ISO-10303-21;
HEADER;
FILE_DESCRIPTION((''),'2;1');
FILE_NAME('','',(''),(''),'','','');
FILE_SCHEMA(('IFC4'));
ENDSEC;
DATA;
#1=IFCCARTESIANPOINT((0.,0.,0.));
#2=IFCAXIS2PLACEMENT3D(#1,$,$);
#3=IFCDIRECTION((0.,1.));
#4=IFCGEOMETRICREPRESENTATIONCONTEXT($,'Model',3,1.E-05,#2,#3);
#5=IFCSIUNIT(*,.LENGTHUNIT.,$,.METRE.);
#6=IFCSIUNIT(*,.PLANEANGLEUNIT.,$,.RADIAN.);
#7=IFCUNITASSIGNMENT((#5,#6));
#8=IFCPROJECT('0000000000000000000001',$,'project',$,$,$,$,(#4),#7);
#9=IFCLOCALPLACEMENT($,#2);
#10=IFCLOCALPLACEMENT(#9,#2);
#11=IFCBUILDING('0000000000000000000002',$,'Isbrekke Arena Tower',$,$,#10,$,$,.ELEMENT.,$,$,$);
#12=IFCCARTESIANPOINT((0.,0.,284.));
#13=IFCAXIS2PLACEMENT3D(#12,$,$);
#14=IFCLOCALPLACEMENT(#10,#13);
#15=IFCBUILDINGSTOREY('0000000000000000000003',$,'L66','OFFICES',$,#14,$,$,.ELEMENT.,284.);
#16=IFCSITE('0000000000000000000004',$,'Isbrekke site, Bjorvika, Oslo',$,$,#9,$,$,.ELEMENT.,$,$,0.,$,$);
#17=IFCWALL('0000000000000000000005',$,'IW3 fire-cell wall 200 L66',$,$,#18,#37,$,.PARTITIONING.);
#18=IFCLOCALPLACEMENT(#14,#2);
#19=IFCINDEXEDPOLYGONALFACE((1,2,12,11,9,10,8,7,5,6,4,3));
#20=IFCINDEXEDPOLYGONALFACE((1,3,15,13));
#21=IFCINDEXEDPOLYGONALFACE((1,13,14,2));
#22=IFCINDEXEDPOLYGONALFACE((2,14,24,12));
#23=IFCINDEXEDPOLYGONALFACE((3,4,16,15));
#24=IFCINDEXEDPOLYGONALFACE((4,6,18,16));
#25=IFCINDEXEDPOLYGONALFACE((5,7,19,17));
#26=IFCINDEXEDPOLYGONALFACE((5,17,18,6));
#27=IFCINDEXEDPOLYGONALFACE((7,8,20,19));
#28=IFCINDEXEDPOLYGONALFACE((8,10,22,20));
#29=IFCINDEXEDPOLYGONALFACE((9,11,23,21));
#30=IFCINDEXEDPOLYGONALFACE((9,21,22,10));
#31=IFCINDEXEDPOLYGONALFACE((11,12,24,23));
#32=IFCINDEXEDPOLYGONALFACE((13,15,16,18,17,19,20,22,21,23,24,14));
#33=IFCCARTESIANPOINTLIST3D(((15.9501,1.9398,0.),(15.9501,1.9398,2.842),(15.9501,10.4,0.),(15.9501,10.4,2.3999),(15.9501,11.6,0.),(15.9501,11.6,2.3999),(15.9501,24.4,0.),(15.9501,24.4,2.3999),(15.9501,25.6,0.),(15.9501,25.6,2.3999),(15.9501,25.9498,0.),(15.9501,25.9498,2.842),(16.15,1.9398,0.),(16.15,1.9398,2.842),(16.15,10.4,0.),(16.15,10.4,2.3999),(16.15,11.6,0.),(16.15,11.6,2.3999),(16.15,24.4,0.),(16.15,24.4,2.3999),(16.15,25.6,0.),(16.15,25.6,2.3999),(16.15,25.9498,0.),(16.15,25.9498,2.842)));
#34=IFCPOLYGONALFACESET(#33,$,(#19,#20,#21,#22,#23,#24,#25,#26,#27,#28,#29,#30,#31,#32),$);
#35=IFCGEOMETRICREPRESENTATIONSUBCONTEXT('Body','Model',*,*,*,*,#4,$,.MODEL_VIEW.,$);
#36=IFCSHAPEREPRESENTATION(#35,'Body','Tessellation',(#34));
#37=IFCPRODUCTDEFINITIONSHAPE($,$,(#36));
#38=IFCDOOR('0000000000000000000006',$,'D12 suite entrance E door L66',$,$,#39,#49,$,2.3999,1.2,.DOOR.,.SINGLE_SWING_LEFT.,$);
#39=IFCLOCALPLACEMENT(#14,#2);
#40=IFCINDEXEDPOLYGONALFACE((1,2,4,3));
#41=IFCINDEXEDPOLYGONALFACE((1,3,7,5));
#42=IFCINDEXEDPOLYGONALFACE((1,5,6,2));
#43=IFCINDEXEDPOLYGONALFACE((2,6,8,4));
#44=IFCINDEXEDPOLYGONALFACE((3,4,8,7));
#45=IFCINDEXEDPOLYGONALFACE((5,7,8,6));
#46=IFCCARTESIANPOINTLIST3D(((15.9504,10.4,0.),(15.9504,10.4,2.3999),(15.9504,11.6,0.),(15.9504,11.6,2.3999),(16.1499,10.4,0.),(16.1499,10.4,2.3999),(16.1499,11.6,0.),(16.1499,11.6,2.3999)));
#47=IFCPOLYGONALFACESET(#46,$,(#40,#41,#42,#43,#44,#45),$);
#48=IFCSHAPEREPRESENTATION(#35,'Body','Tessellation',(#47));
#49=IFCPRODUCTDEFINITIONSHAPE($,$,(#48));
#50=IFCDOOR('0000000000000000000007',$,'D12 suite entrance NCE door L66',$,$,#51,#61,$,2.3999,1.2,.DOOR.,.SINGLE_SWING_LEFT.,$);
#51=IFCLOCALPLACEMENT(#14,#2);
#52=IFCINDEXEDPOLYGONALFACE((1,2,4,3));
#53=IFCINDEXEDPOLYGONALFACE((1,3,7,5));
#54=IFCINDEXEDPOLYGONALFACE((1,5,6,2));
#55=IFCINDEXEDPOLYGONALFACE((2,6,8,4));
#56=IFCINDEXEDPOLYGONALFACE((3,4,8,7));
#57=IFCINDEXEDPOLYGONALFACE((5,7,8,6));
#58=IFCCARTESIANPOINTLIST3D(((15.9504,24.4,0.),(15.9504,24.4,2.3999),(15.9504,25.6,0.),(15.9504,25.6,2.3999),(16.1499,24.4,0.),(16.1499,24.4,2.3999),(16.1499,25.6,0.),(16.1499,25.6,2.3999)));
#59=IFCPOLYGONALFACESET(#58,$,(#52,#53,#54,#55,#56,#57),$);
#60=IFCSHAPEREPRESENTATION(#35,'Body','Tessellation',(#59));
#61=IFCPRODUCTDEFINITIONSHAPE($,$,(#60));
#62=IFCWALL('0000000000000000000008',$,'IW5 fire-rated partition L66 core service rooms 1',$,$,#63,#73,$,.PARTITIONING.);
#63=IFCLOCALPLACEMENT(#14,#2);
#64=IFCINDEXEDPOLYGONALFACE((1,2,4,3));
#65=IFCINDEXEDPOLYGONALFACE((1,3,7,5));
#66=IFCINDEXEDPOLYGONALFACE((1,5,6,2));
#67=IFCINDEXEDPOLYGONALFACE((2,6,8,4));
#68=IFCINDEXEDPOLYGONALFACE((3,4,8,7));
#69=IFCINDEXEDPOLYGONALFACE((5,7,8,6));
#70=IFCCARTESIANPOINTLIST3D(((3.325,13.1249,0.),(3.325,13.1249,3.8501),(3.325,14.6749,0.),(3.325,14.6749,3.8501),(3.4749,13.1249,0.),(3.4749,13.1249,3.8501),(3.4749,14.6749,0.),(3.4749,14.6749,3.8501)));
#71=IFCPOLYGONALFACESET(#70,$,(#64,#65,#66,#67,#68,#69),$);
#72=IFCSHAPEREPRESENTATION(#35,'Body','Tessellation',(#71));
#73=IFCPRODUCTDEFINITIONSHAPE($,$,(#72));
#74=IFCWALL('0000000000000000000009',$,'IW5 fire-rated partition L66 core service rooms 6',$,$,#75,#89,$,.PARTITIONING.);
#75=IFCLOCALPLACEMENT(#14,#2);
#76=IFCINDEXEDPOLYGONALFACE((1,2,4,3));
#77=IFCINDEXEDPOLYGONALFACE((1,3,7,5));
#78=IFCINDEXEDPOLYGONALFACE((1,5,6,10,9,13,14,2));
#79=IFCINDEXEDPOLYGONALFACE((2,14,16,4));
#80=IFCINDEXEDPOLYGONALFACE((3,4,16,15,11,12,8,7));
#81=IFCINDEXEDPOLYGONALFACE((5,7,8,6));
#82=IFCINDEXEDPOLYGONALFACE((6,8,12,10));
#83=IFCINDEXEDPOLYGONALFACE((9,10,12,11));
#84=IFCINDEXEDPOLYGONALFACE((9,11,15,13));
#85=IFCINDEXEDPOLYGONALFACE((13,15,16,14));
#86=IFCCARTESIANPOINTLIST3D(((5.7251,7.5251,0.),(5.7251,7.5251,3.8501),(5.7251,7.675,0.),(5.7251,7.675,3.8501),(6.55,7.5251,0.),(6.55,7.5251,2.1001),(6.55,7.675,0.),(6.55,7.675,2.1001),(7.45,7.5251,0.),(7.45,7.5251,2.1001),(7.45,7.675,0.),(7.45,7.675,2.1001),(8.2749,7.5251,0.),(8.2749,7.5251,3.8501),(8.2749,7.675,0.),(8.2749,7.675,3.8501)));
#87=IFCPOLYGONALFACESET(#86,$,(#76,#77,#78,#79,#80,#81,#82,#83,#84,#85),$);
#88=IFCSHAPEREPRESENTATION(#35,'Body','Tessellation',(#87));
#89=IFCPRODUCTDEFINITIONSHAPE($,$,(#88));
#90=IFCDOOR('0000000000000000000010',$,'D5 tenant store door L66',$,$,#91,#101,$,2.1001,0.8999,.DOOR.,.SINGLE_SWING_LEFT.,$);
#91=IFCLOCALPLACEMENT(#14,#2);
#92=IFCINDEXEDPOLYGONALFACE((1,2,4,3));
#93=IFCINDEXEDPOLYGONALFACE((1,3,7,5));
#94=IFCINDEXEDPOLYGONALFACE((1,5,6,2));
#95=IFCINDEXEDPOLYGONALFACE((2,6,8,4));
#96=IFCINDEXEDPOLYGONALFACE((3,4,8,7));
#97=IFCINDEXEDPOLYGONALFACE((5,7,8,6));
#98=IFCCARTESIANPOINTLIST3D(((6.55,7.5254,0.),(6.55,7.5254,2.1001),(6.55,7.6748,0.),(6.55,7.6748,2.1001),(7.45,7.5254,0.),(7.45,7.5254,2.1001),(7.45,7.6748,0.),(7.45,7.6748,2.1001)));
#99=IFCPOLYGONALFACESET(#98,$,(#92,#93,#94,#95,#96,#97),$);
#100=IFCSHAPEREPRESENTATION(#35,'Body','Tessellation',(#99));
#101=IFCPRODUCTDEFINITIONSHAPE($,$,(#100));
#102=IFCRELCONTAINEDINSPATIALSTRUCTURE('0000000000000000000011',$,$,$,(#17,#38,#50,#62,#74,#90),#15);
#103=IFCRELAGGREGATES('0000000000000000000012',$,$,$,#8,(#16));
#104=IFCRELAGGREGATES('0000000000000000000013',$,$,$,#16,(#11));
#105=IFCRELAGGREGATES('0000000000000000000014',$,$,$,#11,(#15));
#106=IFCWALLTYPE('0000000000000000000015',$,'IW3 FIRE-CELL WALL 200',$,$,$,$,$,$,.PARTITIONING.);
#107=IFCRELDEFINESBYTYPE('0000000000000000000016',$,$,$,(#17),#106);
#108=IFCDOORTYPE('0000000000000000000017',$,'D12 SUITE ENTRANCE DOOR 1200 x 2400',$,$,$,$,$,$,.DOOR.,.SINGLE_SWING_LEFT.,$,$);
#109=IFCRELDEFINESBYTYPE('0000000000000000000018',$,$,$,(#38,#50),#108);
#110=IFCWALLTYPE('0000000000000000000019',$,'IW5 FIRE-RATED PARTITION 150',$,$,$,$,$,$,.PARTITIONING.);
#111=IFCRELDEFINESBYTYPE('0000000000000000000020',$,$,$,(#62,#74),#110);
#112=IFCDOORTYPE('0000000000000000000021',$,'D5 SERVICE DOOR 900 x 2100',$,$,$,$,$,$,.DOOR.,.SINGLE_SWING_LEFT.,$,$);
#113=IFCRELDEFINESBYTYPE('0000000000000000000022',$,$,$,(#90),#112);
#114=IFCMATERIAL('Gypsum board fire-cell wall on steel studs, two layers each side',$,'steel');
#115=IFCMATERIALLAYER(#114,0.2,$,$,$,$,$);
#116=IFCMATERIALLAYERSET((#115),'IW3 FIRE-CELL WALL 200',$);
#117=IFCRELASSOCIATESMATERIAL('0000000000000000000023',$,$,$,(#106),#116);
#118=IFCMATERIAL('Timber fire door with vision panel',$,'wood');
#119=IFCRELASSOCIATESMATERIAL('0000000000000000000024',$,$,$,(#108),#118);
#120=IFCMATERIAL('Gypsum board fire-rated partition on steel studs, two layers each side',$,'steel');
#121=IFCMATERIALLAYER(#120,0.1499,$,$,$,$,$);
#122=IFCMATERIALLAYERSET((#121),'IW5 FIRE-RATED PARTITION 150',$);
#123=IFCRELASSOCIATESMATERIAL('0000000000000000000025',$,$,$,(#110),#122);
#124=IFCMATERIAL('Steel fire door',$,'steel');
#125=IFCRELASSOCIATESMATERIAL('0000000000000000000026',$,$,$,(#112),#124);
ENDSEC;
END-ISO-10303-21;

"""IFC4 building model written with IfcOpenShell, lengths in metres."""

from ifc_helpers import new_model, si_unit, direction, frame, frame_2d, origin, place, context, subcontext, project, spatial, rectangle, extrude, material, layer, layer_set, type_object, element, fill, save


model = new_model("IFC4")

# Units and contexts
model_context = context("Model", 3, precision=1e-05, world=origin(), true_north=direction((0.0, 1.0)))
body_context = subcontext(model_context, "Body", "Model", "MODEL_VIEW")
ifc_project = project(units=[si_unit("LENGTHUNIT", "METRE"), si_unit("PLANEANGLEUNIT", "RADIAN")], contexts=[model_context])

# Site, building, storey
site_placement = place(None, origin())
site = spatial("IfcSite", under=ifc_project, at=site_placement, Name="Isbrekke site, Bjorvika, Oslo", CompositionType="ELEMENT", RefElevation=0.0)
building_placement = place(site_placement, origin())
building = spatial("IfcBuilding", under=site, at=building_placement, Name="Isbrekke Arena Tower", CompositionType="ELEMENT")
storey_placement = place(building_placement, frame((0.0, 0.0, 284.0)))
storey = spatial("IfcBuildingStorey", under=building, at=storey_placement, Name="L66", Description="OFFICES", CompositionType="ELEMENT", Elevation=284.0)

# Shared definitions
ifc_material_1 = material(Name="Gypsum board fire-cell wall on steel studs, two layers each side", Category="steel")
ifc_layer_1 = layer(ifc_material_1, 0.2)
ifc_layer_set_1 = layer_set([ifc_layer_1], Name="IW3 FIRE-CELL WALL 200")
wall_type_1 = type_object("IfcWallType", Name="IW3 FIRE-CELL WALL 200", PredefinedType="PARTITIONING", material=ifc_layer_set_1)

# Shared definitions
ifc_material_2 = material(Name="Timber fire door with vision panel", Category="wood")
door_type_1 = type_object("IfcDoorType", Name="D12 SUITE ENTRANCE DOOR 1200 x 2400", OperationType="SINGLE_SWING_LEFT", PredefinedType="DOOR", material=ifc_material_2)

# Wall, openings, doors
wall_1_placement = place(storey_placement, frame((16.05, 1.9399, 0.0), z_axis=(0.0, 0.0, 1.0), x_axis=(0.0, 1.0, 0.0)))
wall_1 = element("IfcWall", 1, at=wall_1_placement, inside=storey, type_object=wall_type_1, Name="IW3 fire-cell wall 200 L66", PredefinedType="PARTITIONING", context=body_context, shape_type="SweptSolid", body=[
    extrude(rectangle(XDim=24.01, YDim=0.2, at=frame_2d((12.0049, 0.0))), origin(), (0.0, 0.0, 1.0), 2.842),
])
opening_1_placement = place(wall_1_placement, frame((8.46, 0.0, 0.0)))
opening_1 = element("IfcOpeningElement", 2, at=opening_1_placement, cuts=wall_1, PredefinedType="OPENING", context=body_context, shape_type="SweptSolid", body=[
    extrude(rectangle(XDim=1.2, YDim=2.3999, at=frame_2d((0.6001, 1.2))), frame((0.0, 0.1147, 0.0), z_axis=(0.0, -1.0, 0.0), x_axis=(1.0, 0.0, 0.0)), (0.0, 0.0, 1.0), 0.2297),
])
opening_2_placement = place(wall_1_placement, frame((22.46, 0.0, 0.0)))
opening_2 = element("IfcOpeningElement", 3, at=opening_2_placement, cuts=wall_1, PredefinedType="OPENING", context=body_context, shape_type="SweptSolid", body=[
    extrude(rectangle(XDim=1.2, YDim=2.3999, at=frame_2d((0.6001, 1.2))), frame((0.0, 0.1147, 0.0), z_axis=(0.0, -1.0, 0.0), x_axis=(1.0, 0.0, 0.0)), (0.0, 0.0, 1.0), 0.2297),
])
door_1_placement = place(opening_1_placement, origin())
door_1 = element("IfcDoor", 4, at=door_1_placement, inside=storey, type_object=door_type_1, Name="D12 suite entrance E door L66", OperationType="SINGLE_SWING_LEFT", OverallHeight=2.3999, OverallWidth=1.2, PredefinedType="DOOR", context=body_context, shape_type="SweptSolid", body=[
    extrude(rectangle(XDim=1.2, YDim=2.3999, at=frame_2d((0.6001, 1.2))), frame((0.0, 0.0996, 0.0), z_axis=(0.0, -1.0, 0.0), x_axis=(1.0, 0.0, 0.0)), (0.0, 0.0, 1.0), 0.1995),
])
fill(opening_1, door_1)
door_2_placement = place(opening_2_placement, origin())
door_2 = element("IfcDoor", 5, at=door_2_placement, inside=storey, type_object=door_type_1, Name="D12 suite entrance NCE door L66", OperationType="SINGLE_SWING_LEFT", OverallHeight=2.3999, OverallWidth=1.2, PredefinedType="DOOR", context=body_context, shape_type="SweptSolid", body=[
    extrude(rectangle(XDim=1.2, YDim=2.3999, at=frame_2d((0.6001, 1.2))), frame((0.0, 0.0996, 0.0), z_axis=(0.0, -1.0, 0.0), x_axis=(1.0, 0.0, 0.0)), (0.0, 0.0, 1.0), 0.1995),
])
fill(opening_2, door_2)

# Wall
ifc_material_3 = material(Name="Gypsum board fire-rated partition on steel studs, two layers each side", Category="steel")
ifc_layer_2 = layer(ifc_material_3, 0.1499)
ifc_layer_set_2 = layer_set([ifc_layer_2], Name="IW5 FIRE-RATED PARTITION 150")
wall_type_2 = type_object("IfcWallType", Name="IW5 FIRE-RATED PARTITION 150", PredefinedType="PARTITIONING", material=ifc_layer_set_2)
wall_2_placement = place(storey_placement, frame((3.3999, 13.125, 0.0), z_axis=(0.0, 0.0, 1.0), x_axis=(0.0, 1.0, 0.0)))
element("IfcWall", 6, at=wall_2_placement, inside=storey, type_object=wall_type_2, Name="IW5 fire-rated partition L66 core service rooms 1", PredefinedType="PARTITIONING", context=body_context, shape_type="SweptSolid", body=[
    extrude(rectangle(XDim=1.55, YDim=0.1499, at=frame_2d((0.7749, 0.0))), origin(), (0.0, 0.0, 1.0), 3.8501),
])

# Wall, opening, door
wall_3_placement = place(storey_placement, frame((5.7251, 7.6001, 0.0), z_axis=(0.0, 0.0, 1.0), x_axis=(1.0, 0.0, 0.0)))
wall_3 = element("IfcWall", 7, at=wall_3_placement, inside=storey, type_object=wall_type_2, Name="IW5 fire-rated partition L66 core service rooms 6", PredefinedType="PARTITIONING", context=body_context, shape_type="SweptSolid", body=[
    extrude(rectangle(XDim=2.5498, YDim=0.1499, at=frame_2d((1.2749, 0.0))), origin(), (0.0, 0.0, 1.0), 3.8501),
])
opening_3_placement = place(wall_3_placement, frame((0.825, 0.0, 0.0)))
opening_3 = element("IfcOpeningElement", 8, at=opening_3_placement, cuts=wall_3, PredefinedType="OPENING", context=body_context, shape_type="SweptSolid", body=[
    extrude(rectangle(XDim=0.8999, YDim=2.1001, at=frame_2d((0.45, 1.05))), frame((0.0, 0.0898, 0.0), z_axis=(0.0, -1.0, 0.0), x_axis=(1.0, 0.0, 0.0)), (0.0, 0.0, 1.0), 0.1797),
])
ifc_material_4 = material(Name="Steel fire door", Category="steel")
door_type_2 = type_object("IfcDoorType", Name="D5 SERVICE DOOR 900 x 2100", OperationType="SINGLE_SWING_LEFT", PredefinedType="DOOR", material=ifc_material_4)
door_3_placement = place(opening_3_placement, origin())
door_3 = element("IfcDoor", 9, at=door_3_placement, inside=storey, type_object=door_type_2, Name="D5 tenant store door L66", OperationType="SINGLE_SWING_LEFT", OverallHeight=2.1001, OverallWidth=0.8999, PredefinedType="DOOR", context=body_context, shape_type="SweptSolid", body=[
    extrude(rectangle(XDim=0.8999, YDim=2.1001, at=frame_2d((0.45, 1.05))), frame((0.0, 0.0747, 0.0), z_axis=(0.0, -1.0, 0.0), x_axis=(1.0, 0.0, 0.0)), (0.0, 0.0, 1.0), 0.1494),
])
fill(opening_3, door_3)

save(model, "model.ifc")
